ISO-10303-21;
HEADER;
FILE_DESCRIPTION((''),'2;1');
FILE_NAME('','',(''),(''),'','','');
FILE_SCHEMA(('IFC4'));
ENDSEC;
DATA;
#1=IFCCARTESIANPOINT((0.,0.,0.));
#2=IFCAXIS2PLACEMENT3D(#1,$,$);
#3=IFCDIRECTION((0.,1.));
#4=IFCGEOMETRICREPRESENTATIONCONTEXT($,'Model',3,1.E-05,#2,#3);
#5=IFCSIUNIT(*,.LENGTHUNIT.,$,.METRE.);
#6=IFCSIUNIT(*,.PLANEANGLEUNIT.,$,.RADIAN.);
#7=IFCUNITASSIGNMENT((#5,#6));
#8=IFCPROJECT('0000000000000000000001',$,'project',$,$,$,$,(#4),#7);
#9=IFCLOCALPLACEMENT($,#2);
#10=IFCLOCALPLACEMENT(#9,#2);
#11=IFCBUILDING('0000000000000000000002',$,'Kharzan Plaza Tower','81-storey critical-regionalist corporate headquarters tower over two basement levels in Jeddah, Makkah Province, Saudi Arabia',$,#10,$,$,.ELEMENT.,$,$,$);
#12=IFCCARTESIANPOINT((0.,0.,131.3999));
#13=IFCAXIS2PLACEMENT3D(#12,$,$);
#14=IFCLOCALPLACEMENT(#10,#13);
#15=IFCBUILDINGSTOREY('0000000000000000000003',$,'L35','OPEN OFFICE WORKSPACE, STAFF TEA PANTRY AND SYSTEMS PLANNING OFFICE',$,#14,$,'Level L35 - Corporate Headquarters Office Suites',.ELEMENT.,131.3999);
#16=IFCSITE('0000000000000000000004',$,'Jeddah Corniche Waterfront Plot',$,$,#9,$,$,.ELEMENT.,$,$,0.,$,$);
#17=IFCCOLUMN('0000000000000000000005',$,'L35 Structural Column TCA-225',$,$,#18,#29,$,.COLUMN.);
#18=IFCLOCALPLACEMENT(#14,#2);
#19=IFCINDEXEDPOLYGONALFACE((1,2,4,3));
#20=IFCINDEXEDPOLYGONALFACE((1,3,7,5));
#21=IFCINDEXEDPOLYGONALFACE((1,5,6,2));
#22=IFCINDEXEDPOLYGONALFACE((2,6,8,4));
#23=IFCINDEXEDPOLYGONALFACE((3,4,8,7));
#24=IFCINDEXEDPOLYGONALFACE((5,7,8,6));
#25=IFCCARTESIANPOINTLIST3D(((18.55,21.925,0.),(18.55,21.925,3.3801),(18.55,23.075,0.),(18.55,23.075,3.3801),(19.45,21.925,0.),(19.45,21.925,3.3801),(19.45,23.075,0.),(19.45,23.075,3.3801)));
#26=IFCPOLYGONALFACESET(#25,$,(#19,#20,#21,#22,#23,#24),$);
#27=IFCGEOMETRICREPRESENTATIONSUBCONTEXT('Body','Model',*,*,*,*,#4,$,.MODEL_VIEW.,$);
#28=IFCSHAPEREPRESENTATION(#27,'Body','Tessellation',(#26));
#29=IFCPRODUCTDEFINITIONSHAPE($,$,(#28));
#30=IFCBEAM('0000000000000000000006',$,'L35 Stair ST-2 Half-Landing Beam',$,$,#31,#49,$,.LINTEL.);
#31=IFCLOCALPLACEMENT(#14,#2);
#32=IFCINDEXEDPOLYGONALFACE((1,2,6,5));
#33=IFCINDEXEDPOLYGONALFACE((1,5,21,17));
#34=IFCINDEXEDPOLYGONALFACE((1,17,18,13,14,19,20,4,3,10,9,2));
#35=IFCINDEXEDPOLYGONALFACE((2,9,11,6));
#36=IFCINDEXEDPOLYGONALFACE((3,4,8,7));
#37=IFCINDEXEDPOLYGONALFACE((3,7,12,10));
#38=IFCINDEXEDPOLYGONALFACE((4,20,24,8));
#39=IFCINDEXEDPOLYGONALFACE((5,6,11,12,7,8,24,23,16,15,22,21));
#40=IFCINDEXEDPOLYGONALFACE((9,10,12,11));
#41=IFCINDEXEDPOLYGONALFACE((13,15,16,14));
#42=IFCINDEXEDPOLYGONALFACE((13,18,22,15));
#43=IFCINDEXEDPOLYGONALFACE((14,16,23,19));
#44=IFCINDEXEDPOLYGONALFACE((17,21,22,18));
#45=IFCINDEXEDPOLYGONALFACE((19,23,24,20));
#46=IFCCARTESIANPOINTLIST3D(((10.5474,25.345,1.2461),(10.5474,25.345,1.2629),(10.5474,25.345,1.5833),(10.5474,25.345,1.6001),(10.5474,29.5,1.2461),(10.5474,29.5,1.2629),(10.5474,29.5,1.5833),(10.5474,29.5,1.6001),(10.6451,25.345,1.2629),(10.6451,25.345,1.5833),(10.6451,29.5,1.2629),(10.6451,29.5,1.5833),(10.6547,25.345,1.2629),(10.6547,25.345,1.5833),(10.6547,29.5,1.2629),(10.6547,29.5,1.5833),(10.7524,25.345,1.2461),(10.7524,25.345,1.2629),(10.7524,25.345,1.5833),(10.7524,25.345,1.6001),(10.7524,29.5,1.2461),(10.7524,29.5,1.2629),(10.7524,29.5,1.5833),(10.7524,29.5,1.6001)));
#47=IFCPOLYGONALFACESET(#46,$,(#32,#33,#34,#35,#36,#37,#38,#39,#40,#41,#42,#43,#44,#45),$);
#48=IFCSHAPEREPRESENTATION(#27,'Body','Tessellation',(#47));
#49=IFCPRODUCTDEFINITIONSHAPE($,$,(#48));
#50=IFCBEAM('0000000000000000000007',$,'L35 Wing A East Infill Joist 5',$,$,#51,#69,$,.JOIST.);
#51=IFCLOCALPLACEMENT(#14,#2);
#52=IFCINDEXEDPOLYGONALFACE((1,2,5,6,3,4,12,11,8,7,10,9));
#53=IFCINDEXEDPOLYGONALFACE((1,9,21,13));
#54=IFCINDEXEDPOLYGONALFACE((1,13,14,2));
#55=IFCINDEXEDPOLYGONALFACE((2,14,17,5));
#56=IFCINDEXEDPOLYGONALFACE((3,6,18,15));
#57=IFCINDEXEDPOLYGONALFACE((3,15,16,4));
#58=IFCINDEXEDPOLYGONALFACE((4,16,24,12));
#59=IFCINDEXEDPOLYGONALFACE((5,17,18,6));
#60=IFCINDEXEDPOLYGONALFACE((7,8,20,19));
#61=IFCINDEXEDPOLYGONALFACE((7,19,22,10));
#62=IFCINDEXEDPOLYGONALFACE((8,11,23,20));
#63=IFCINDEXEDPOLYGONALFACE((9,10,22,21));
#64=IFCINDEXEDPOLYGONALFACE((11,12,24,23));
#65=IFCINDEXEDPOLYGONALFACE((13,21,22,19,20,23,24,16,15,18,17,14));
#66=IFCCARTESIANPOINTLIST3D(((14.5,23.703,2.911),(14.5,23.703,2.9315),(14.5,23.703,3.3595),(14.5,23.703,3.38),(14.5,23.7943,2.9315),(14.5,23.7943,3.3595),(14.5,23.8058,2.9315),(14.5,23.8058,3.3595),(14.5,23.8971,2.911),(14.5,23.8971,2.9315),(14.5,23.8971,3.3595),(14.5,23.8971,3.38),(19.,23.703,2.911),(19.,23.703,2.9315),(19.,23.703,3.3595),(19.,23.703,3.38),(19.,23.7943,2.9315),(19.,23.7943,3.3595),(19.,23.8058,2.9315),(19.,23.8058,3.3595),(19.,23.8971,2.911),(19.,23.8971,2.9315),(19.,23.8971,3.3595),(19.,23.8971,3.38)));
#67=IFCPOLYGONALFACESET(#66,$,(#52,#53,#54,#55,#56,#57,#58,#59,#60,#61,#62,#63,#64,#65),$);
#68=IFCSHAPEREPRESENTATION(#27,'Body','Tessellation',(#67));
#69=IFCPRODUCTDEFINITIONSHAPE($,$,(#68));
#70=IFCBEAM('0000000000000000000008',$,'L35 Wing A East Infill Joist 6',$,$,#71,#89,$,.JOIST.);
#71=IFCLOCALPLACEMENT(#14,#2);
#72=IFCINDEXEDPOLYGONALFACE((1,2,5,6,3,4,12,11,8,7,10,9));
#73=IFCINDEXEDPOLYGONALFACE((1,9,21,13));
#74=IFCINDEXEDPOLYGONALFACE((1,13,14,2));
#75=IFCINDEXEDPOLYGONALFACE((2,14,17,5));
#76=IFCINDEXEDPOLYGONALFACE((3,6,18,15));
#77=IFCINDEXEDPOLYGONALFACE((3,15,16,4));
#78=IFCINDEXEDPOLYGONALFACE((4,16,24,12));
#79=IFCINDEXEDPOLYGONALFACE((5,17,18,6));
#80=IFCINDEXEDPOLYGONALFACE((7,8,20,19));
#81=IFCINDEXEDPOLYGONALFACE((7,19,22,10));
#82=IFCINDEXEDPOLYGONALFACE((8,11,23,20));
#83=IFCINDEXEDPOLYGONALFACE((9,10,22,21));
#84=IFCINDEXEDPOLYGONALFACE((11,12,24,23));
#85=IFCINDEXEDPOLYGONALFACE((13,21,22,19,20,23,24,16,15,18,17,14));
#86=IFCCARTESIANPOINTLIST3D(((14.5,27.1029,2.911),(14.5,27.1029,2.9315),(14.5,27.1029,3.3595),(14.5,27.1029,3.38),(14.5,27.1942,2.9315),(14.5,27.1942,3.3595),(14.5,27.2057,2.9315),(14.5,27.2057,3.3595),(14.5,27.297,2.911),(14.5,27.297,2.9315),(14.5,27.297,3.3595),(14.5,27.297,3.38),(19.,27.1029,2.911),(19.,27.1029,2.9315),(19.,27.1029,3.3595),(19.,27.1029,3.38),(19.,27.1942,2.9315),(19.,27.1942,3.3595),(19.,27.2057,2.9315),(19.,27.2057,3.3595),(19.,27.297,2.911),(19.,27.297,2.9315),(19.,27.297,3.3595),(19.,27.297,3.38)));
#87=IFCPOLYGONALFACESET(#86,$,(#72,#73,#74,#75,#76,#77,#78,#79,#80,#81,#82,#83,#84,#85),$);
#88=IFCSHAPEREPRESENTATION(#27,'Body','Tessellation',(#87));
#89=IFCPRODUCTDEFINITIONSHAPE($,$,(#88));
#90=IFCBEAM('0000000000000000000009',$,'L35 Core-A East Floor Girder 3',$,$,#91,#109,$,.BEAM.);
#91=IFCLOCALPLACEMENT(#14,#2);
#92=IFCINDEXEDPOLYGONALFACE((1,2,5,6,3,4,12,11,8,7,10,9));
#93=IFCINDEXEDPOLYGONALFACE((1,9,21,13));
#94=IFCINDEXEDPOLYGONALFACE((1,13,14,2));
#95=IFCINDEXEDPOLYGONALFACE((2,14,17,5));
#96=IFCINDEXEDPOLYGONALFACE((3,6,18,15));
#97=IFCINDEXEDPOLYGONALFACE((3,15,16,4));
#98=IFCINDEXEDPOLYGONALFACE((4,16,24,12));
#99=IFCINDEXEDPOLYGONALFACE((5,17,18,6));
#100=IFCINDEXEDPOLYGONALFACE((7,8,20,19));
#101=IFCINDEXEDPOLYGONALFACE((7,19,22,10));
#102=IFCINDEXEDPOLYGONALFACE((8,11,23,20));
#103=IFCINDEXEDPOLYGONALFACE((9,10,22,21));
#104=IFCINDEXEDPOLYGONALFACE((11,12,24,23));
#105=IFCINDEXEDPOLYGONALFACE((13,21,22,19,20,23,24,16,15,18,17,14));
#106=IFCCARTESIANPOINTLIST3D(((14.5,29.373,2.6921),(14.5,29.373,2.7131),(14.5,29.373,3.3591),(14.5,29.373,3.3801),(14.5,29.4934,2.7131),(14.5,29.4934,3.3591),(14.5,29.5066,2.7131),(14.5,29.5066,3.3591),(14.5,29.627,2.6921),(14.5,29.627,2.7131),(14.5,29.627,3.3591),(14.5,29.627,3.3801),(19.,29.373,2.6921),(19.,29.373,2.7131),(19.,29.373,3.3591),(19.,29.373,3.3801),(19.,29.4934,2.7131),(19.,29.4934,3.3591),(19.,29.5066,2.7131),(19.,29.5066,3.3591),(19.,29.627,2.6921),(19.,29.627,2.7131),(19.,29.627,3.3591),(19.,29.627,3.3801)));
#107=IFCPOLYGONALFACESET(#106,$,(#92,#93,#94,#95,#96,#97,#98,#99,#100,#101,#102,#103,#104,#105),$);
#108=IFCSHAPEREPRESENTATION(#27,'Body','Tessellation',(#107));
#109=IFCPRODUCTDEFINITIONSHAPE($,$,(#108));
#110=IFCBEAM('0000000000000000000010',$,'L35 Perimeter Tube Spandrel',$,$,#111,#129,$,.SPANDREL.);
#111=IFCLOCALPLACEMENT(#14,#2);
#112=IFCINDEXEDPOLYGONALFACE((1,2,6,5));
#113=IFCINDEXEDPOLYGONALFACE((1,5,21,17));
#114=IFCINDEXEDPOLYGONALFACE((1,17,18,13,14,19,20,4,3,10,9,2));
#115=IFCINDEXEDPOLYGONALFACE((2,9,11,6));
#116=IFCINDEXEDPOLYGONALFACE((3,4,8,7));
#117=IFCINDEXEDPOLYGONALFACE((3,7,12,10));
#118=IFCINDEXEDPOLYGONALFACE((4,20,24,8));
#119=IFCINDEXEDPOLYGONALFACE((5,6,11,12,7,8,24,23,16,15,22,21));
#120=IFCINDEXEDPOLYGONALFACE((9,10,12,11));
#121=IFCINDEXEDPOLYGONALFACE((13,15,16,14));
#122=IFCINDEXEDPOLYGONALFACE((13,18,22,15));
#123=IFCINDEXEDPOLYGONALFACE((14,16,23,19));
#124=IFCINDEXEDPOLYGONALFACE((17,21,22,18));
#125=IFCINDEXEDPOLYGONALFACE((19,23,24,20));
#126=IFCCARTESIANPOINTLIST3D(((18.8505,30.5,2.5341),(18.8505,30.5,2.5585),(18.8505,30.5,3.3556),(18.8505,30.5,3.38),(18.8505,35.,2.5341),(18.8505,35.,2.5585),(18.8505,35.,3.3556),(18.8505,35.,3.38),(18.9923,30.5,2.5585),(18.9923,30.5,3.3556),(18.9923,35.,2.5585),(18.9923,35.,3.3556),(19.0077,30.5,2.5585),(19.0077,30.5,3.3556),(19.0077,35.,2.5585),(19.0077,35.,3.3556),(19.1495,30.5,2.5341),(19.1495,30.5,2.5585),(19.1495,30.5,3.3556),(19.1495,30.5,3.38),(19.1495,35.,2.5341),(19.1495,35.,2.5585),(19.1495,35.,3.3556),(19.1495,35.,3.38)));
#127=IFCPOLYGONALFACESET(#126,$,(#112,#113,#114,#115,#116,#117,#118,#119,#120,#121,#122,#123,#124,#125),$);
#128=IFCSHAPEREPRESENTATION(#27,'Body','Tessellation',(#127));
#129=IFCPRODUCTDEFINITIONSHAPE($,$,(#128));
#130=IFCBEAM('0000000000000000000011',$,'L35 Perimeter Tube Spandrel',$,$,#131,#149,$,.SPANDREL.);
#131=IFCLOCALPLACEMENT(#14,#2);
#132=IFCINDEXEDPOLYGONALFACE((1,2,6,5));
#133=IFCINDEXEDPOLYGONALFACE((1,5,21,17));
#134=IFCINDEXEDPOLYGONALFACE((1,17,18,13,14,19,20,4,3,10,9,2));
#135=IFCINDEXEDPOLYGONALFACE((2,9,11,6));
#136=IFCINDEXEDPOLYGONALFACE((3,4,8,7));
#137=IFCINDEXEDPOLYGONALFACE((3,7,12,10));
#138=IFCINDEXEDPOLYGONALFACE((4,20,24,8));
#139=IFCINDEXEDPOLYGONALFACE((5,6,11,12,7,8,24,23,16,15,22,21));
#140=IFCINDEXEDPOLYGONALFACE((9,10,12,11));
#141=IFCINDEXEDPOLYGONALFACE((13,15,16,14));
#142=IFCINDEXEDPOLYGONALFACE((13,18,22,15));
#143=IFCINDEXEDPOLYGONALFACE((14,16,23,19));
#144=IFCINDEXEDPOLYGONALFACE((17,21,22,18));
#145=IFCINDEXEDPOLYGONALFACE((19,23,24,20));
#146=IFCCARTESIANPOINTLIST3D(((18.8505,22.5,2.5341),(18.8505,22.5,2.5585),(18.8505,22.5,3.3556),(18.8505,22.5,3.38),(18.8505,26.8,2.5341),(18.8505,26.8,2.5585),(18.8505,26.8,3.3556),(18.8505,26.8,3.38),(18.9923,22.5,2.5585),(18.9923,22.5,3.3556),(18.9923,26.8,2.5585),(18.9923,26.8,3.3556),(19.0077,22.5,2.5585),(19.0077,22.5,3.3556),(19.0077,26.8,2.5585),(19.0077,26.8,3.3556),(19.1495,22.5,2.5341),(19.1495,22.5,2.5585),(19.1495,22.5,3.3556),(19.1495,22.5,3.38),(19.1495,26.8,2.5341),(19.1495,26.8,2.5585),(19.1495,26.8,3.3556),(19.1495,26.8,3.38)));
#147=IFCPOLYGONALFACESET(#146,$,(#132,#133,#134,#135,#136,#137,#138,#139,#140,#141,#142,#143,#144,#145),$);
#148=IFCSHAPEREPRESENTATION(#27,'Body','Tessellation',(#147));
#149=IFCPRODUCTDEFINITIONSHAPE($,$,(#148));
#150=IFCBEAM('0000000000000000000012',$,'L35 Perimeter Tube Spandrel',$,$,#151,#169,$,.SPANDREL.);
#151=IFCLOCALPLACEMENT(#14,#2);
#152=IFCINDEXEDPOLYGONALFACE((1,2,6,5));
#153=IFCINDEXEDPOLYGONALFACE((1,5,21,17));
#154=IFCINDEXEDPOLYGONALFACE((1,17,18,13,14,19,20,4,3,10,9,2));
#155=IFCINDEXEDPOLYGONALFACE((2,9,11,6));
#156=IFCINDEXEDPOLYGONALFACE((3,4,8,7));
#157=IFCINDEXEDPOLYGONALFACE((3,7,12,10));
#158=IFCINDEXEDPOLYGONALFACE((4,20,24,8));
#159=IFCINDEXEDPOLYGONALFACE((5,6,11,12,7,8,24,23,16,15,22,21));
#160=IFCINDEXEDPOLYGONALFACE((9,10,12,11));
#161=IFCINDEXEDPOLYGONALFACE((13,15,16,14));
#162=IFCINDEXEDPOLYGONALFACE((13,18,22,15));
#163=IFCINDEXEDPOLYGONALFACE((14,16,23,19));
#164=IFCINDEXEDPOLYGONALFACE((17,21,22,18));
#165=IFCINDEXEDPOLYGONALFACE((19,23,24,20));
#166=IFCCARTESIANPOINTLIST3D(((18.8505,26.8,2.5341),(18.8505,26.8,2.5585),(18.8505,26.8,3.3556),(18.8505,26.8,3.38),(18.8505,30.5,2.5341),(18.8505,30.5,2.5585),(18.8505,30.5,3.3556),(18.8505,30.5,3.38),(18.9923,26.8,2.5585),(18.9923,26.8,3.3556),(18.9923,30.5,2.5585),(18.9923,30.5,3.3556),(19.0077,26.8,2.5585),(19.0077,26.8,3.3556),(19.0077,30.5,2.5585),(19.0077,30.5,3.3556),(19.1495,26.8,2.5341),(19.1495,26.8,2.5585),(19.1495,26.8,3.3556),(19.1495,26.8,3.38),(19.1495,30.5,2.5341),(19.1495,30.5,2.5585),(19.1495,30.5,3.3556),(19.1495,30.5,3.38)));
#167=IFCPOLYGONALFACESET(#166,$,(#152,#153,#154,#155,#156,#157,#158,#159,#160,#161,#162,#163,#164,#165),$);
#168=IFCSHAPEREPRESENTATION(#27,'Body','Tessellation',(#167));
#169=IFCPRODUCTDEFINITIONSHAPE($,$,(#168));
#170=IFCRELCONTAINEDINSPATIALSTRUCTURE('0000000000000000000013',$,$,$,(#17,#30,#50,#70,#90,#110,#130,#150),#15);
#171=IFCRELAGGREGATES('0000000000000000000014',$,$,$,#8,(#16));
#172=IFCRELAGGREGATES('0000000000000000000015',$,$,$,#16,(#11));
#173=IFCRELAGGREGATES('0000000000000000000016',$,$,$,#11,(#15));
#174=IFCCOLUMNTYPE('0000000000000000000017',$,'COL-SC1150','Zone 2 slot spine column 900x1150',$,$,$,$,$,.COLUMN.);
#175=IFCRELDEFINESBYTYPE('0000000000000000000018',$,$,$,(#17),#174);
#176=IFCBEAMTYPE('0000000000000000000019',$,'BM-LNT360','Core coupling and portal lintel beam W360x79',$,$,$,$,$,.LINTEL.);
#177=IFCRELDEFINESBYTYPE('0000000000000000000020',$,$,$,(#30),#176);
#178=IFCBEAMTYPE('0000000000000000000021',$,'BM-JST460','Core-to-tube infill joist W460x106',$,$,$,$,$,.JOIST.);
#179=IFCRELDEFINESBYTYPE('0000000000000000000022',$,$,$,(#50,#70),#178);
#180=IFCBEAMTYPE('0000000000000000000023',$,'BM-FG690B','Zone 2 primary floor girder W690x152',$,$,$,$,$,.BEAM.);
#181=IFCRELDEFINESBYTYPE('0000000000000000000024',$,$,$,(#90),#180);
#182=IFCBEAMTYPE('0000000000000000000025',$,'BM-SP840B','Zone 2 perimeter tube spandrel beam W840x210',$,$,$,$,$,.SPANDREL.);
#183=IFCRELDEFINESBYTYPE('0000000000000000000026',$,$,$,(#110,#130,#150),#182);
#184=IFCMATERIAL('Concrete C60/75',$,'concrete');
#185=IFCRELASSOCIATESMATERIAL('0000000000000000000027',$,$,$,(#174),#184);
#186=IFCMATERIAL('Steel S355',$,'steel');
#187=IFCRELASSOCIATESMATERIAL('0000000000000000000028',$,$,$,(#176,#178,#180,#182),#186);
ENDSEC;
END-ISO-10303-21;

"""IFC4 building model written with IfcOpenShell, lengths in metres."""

from ifc_helpers import new_model, si_unit, direction, frame, origin, origin_2d, place, context, subcontext, project, spatial, rectangle, i_section, extrude, source, transform, mapped, material, material_profile, profile_set, type_object, element, save


model = new_model("IFC4")

# Units and contexts
model_context = context("Model", 3, precision=1e-05, world=origin(), true_north=direction((0.0, 1.0)))
body_context = subcontext(model_context, "Body", "Model", "MODEL_VIEW")
ifc_project = project(units=[si_unit("LENGTHUNIT", "METRE"), si_unit("PLANEANGLEUNIT", "RADIAN")], contexts=[model_context])

# Site, building, storey
site_placement = place(None, origin())
site = spatial("IfcSite", under=ifc_project, at=site_placement, Name="Jeddah Corniche Waterfront Plot", CompositionType="ELEMENT", RefElevation=0.0)
building_placement = place(site_placement, origin())
building = spatial("IfcBuilding", under=site, at=building_placement, Name="Kharzan Plaza Tower", Description="81-storey critical-regionalist corporate headquarters tower over two basement levels in Jeddah, Makkah Province, Saudi Arabia", CompositionType="ELEMENT")
storey_placement = place(building_placement, frame((0.0, 0.0, 131.3999)))
storey = spatial("IfcBuildingStorey", under=building, at=storey_placement, Name="L35", Description="OPEN OFFICE WORKSPACE, STAFF TEA PANTRY AND SYSTEMS PLANNING OFFICE", LongName="Level L35 - Corporate Headquarters Office Suites", CompositionType="ELEMENT", Elevation=131.3999)

# Column
ifc_material_1 = material(Name="Concrete C60/75", Category="concrete")
ifc_material_profile_1 = material_profile(ifc_material_1, rectangle(XDim=0.8999, YDim=1.1499, at=origin_2d()), Name="RC-SC1150x900")
ifc_profile_set_1 = profile_set([ifc_material_profile_1], Name="Concrete C60/75")
column_type = type_object("IfcColumnType", Name="COL-SC1150", Description="Zone 2 slot spine column 900x1150", PredefinedType="COLUMN", material=ifc_profile_set_1)
shared_shape_1 = source(origin(), body_context, "Body", "SweptSolid", [
    extrude(rectangle(XDim=0.8999, YDim=1.1499, at=origin_2d()), origin(), (0.0, 0.0, 1.0), 3.3801),
])
column_placement = place(storey_placement, frame((19.0, 22.5, 0.0), z_axis=(0.0, 0.0, 1.0), x_axis=(1.0, 0.0, 0.0)))
element("IfcColumn", 1, at=column_placement, inside=storey, type_object=column_type, Name="L35 Structural Column TCA-225", PredefinedType="COLUMN", context=body_context, shape_type="MappedRepresentation", body=[
    mapped(shared_shape_1, transform((0.0, 0.0, 0.0), x_axis=(1.0, 0.0, 0.0), y_axis=(0.0, 1.0, 0.0), z_axis=(0.0, 0.0, 1.0))),
])

# Beams
ifc_material_2 = material(Name="Steel S355", Category="steel")
ifc_material_profile_2 = material_profile(ifc_material_2, i_section(OverallWidth=0.2051, OverallDepth=0.354, WebThickness=0.0095, FlangeThickness=0.0168, at=origin_2d()), Name="W360x79")
ifc_profile_set_2 = profile_set([ifc_material_profile_2], Name="Steel S355")
beam_type_1 = type_object("IfcBeamType", Name="BM-LNT360", Description="Core coupling and portal lintel beam W360x79", PredefinedType="LINTEL", material=ifc_profile_set_2)
shared_shape_2 = source(origin(), body_context, "Body", "SweptSolid", [
    extrude(i_section(OverallWidth=0.2051, OverallDepth=0.354, WebThickness=0.0095, FlangeThickness=0.0168, at=origin_2d()), origin(), (0.0, 0.0, 1.0), 4.155),
])
beam_1_placement = place(storey_placement, frame((10.6499, 25.345, 1.4231), z_axis=(0.0, 1.0, 0.0), x_axis=(-1.0, 0.0, 0.0)))
element("IfcBeam", 2, at=beam_1_placement, inside=storey, type_object=beam_type_1, Name="L35 Stair ST-2 Half-Landing Beam", PredefinedType="LINTEL", context=body_context, shape_type="MappedRepresentation", body=[
    mapped(shared_shape_2, transform((0.0, 0.0, 0.0), x_axis=(1.0, 0.0, 0.0), y_axis=(0.0, 1.0, 0.0), z_axis=(0.0, 0.0, 1.0))),
])
ifc_material_profile_3 = material_profile(ifc_material_2, i_section(OverallWidth=0.1941, OverallDepth=0.469, WebThickness=0.0115, FlangeThickness=0.0205, at=origin_2d()), Name="W460x106")
ifc_profile_set_3 = profile_set([ifc_material_profile_3], Name="Steel S355")
beam_type_2 = type_object("IfcBeamType", Name="BM-JST460", Description="Core-to-tube infill joist W460x106", PredefinedType="JOIST", material=ifc_profile_set_3)
shared_shape_3 = source(origin(), body_context, "Body", "SweptSolid", [
    extrude(i_section(OverallWidth=0.1941, OverallDepth=0.469, WebThickness=0.0115, FlangeThickness=0.0205, at=origin_2d()), origin(), (0.0, 0.0, 1.0), 4.5),
])
for number, where, z_axis, x_axis, name in (
    (3, (14.5, 23.8, 3.1455), (1.0, 0.0, 0.0), (0.0, 1.0, 0.0), "L35 Wing A East Infill Joist 5"),
    (4, (14.5, 27.2, 3.1455), (1.0, 0.0, 0.0), (0.0, 1.0, 0.0), "L35 Wing A East Infill Joist 6"),
):
    element("IfcBeam", number, at=place(storey_placement, frame(where, z_axis=z_axis, x_axis=x_axis)), inside=storey, type_object=beam_type_2, Name=name, PredefinedType="JOIST", context=body_context, shape_type="MappedRepresentation", body=[
        mapped(shared_shape_3, transform((0.0, 0.0, 0.0), x_axis=(1.0, 0.0, 0.0), y_axis=(0.0, 1.0, 0.0), z_axis=(0.0, 0.0, 1.0))),
    ])
ifc_material_profile_4 = material_profile(ifc_material_2, i_section(OverallWidth=0.2539, OverallDepth=0.688, WebThickness=0.0132, FlangeThickness=0.021, at=origin_2d()), Name="W690x152")
ifc_profile_set_4 = profile_set([ifc_material_profile_4], Name="Steel S355")
beam_type_3 = type_object("IfcBeamType", Name="BM-FG690B", Description="Zone 2 primary floor girder W690x152", PredefinedType="BEAM", material=ifc_profile_set_4)
shared_shape_4 = source(origin(), body_context, "Body", "SweptSolid", [
    extrude(i_section(OverallWidth=0.2539, OverallDepth=0.688, WebThickness=0.0132, FlangeThickness=0.021, at=origin_2d()), origin(), (0.0, 0.0, 1.0), 4.5),
])
beam_2_placement = place(storey_placement, frame((14.5, 29.5, 3.0361), z_axis=(1.0, 0.0, 0.0), x_axis=(0.0, 1.0, 0.0)))
element("IfcBeam", 5, at=beam_2_placement, inside=storey, type_object=beam_type_3, Name="L35 Core-A East Floor Girder 3", PredefinedType="BEAM", context=body_context, shape_type="MappedRepresentation", body=[
    mapped(shared_shape_4, transform((0.0, 0.0, 0.0), x_axis=(1.0, 0.0, 0.0), y_axis=(0.0, 1.0, 0.0), z_axis=(0.0, 0.0, 1.0))),
])
ifc_material_profile_5 = material_profile(ifc_material_2, i_section(OverallWidth=0.2991, OverallDepth=0.8459, WebThickness=0.0154, FlangeThickness=0.0244, at=origin_2d()), Name="W840x210")
ifc_profile_set_5 = profile_set([ifc_material_profile_5], Name="Steel S355")
beam_type_4 = type_object("IfcBeamType", Name="BM-SP840B", Description="Zone 2 perimeter tube spandrel beam W840x210", PredefinedType="SPANDREL", material=ifc_profile_set_5)
shared_shape_5 = source(origin(), body_context, "Body", "SweptSolid", [
    extrude(i_section(OverallWidth=0.2991, OverallDepth=0.8459, WebThickness=0.0154, FlangeThickness=0.0244, at=origin_2d()), origin(), (0.0, 0.0, 1.0), 4.5),
])
beam_3_placement = place(storey_placement, frame((19.0, 30.5, 2.957), z_axis=(0.0, 1.0, 0.0), x_axis=(-1.0, 0.0, 0.0)))
element("IfcBeam", 6, at=beam_3_placement, inside=storey, type_object=beam_type_4, Name="L35 Perimeter Tube Spandrel", PredefinedType="SPANDREL", context=body_context, shape_type="MappedRepresentation", body=[
    mapped(shared_shape_5, transform((0.0, 0.0, 0.0), x_axis=(1.0, 0.0, 0.0), y_axis=(0.0, 1.0, 0.0), z_axis=(0.0, 0.0, 1.0))),
])
shared_shape_6 = source(origin(), body_context, "Body", "SweptSolid", [
    extrude(i_section(OverallWidth=0.2991, OverallDepth=0.8459, WebThickness=0.0154, FlangeThickness=0.0244, at=origin_2d()), origin(), (0.0, 0.0, 1.0), 4.3),
])
beam_4_placement = place(storey_placement, frame((19.0, 22.5, 2.957), z_axis=(0.0, 1.0, 0.0), x_axis=(-1.0, 0.0, 0.0)))
element("IfcBeam", 7, at=beam_4_placement, inside=storey, type_object=beam_type_4, Name="L35 Perimeter Tube Spandrel", PredefinedType="SPANDREL", context=body_context, shape_type="MappedRepresentation", body=[
    mapped(shared_shape_6, transform((0.0, 0.0, 0.0), x_axis=(1.0, 0.0, 0.0), y_axis=(0.0, 1.0, 0.0), z_axis=(0.0, 0.0, 1.0))),
])
shared_shape_7 = source(origin(), body_context, "Body", "SweptSolid", [
    extrude(i_section(OverallWidth=0.2991, OverallDepth=0.8459, WebThickness=0.0154, FlangeThickness=0.0244, at=origin_2d()), origin(), (0.0, 0.0, 1.0), 3.7),
])
beam_5_placement = place(storey_placement, frame((19.0, 26.8, 2.957), z_axis=(0.0, 1.0, 0.0), x_axis=(-1.0, 0.0, 0.0)))
element("IfcBeam", 8, at=beam_5_placement, inside=storey, type_object=beam_type_4, Name="L35 Perimeter Tube Spandrel", PredefinedType="SPANDREL", context=body_context, shape_type="MappedRepresentation", body=[
    mapped(shared_shape_7, transform((0.0, 0.0, 0.0), x_axis=(1.0, 0.0, 0.0), y_axis=(0.0, 1.0, 0.0), z_axis=(0.0, 0.0, 1.0))),
])

save(model, "model.ifc")
